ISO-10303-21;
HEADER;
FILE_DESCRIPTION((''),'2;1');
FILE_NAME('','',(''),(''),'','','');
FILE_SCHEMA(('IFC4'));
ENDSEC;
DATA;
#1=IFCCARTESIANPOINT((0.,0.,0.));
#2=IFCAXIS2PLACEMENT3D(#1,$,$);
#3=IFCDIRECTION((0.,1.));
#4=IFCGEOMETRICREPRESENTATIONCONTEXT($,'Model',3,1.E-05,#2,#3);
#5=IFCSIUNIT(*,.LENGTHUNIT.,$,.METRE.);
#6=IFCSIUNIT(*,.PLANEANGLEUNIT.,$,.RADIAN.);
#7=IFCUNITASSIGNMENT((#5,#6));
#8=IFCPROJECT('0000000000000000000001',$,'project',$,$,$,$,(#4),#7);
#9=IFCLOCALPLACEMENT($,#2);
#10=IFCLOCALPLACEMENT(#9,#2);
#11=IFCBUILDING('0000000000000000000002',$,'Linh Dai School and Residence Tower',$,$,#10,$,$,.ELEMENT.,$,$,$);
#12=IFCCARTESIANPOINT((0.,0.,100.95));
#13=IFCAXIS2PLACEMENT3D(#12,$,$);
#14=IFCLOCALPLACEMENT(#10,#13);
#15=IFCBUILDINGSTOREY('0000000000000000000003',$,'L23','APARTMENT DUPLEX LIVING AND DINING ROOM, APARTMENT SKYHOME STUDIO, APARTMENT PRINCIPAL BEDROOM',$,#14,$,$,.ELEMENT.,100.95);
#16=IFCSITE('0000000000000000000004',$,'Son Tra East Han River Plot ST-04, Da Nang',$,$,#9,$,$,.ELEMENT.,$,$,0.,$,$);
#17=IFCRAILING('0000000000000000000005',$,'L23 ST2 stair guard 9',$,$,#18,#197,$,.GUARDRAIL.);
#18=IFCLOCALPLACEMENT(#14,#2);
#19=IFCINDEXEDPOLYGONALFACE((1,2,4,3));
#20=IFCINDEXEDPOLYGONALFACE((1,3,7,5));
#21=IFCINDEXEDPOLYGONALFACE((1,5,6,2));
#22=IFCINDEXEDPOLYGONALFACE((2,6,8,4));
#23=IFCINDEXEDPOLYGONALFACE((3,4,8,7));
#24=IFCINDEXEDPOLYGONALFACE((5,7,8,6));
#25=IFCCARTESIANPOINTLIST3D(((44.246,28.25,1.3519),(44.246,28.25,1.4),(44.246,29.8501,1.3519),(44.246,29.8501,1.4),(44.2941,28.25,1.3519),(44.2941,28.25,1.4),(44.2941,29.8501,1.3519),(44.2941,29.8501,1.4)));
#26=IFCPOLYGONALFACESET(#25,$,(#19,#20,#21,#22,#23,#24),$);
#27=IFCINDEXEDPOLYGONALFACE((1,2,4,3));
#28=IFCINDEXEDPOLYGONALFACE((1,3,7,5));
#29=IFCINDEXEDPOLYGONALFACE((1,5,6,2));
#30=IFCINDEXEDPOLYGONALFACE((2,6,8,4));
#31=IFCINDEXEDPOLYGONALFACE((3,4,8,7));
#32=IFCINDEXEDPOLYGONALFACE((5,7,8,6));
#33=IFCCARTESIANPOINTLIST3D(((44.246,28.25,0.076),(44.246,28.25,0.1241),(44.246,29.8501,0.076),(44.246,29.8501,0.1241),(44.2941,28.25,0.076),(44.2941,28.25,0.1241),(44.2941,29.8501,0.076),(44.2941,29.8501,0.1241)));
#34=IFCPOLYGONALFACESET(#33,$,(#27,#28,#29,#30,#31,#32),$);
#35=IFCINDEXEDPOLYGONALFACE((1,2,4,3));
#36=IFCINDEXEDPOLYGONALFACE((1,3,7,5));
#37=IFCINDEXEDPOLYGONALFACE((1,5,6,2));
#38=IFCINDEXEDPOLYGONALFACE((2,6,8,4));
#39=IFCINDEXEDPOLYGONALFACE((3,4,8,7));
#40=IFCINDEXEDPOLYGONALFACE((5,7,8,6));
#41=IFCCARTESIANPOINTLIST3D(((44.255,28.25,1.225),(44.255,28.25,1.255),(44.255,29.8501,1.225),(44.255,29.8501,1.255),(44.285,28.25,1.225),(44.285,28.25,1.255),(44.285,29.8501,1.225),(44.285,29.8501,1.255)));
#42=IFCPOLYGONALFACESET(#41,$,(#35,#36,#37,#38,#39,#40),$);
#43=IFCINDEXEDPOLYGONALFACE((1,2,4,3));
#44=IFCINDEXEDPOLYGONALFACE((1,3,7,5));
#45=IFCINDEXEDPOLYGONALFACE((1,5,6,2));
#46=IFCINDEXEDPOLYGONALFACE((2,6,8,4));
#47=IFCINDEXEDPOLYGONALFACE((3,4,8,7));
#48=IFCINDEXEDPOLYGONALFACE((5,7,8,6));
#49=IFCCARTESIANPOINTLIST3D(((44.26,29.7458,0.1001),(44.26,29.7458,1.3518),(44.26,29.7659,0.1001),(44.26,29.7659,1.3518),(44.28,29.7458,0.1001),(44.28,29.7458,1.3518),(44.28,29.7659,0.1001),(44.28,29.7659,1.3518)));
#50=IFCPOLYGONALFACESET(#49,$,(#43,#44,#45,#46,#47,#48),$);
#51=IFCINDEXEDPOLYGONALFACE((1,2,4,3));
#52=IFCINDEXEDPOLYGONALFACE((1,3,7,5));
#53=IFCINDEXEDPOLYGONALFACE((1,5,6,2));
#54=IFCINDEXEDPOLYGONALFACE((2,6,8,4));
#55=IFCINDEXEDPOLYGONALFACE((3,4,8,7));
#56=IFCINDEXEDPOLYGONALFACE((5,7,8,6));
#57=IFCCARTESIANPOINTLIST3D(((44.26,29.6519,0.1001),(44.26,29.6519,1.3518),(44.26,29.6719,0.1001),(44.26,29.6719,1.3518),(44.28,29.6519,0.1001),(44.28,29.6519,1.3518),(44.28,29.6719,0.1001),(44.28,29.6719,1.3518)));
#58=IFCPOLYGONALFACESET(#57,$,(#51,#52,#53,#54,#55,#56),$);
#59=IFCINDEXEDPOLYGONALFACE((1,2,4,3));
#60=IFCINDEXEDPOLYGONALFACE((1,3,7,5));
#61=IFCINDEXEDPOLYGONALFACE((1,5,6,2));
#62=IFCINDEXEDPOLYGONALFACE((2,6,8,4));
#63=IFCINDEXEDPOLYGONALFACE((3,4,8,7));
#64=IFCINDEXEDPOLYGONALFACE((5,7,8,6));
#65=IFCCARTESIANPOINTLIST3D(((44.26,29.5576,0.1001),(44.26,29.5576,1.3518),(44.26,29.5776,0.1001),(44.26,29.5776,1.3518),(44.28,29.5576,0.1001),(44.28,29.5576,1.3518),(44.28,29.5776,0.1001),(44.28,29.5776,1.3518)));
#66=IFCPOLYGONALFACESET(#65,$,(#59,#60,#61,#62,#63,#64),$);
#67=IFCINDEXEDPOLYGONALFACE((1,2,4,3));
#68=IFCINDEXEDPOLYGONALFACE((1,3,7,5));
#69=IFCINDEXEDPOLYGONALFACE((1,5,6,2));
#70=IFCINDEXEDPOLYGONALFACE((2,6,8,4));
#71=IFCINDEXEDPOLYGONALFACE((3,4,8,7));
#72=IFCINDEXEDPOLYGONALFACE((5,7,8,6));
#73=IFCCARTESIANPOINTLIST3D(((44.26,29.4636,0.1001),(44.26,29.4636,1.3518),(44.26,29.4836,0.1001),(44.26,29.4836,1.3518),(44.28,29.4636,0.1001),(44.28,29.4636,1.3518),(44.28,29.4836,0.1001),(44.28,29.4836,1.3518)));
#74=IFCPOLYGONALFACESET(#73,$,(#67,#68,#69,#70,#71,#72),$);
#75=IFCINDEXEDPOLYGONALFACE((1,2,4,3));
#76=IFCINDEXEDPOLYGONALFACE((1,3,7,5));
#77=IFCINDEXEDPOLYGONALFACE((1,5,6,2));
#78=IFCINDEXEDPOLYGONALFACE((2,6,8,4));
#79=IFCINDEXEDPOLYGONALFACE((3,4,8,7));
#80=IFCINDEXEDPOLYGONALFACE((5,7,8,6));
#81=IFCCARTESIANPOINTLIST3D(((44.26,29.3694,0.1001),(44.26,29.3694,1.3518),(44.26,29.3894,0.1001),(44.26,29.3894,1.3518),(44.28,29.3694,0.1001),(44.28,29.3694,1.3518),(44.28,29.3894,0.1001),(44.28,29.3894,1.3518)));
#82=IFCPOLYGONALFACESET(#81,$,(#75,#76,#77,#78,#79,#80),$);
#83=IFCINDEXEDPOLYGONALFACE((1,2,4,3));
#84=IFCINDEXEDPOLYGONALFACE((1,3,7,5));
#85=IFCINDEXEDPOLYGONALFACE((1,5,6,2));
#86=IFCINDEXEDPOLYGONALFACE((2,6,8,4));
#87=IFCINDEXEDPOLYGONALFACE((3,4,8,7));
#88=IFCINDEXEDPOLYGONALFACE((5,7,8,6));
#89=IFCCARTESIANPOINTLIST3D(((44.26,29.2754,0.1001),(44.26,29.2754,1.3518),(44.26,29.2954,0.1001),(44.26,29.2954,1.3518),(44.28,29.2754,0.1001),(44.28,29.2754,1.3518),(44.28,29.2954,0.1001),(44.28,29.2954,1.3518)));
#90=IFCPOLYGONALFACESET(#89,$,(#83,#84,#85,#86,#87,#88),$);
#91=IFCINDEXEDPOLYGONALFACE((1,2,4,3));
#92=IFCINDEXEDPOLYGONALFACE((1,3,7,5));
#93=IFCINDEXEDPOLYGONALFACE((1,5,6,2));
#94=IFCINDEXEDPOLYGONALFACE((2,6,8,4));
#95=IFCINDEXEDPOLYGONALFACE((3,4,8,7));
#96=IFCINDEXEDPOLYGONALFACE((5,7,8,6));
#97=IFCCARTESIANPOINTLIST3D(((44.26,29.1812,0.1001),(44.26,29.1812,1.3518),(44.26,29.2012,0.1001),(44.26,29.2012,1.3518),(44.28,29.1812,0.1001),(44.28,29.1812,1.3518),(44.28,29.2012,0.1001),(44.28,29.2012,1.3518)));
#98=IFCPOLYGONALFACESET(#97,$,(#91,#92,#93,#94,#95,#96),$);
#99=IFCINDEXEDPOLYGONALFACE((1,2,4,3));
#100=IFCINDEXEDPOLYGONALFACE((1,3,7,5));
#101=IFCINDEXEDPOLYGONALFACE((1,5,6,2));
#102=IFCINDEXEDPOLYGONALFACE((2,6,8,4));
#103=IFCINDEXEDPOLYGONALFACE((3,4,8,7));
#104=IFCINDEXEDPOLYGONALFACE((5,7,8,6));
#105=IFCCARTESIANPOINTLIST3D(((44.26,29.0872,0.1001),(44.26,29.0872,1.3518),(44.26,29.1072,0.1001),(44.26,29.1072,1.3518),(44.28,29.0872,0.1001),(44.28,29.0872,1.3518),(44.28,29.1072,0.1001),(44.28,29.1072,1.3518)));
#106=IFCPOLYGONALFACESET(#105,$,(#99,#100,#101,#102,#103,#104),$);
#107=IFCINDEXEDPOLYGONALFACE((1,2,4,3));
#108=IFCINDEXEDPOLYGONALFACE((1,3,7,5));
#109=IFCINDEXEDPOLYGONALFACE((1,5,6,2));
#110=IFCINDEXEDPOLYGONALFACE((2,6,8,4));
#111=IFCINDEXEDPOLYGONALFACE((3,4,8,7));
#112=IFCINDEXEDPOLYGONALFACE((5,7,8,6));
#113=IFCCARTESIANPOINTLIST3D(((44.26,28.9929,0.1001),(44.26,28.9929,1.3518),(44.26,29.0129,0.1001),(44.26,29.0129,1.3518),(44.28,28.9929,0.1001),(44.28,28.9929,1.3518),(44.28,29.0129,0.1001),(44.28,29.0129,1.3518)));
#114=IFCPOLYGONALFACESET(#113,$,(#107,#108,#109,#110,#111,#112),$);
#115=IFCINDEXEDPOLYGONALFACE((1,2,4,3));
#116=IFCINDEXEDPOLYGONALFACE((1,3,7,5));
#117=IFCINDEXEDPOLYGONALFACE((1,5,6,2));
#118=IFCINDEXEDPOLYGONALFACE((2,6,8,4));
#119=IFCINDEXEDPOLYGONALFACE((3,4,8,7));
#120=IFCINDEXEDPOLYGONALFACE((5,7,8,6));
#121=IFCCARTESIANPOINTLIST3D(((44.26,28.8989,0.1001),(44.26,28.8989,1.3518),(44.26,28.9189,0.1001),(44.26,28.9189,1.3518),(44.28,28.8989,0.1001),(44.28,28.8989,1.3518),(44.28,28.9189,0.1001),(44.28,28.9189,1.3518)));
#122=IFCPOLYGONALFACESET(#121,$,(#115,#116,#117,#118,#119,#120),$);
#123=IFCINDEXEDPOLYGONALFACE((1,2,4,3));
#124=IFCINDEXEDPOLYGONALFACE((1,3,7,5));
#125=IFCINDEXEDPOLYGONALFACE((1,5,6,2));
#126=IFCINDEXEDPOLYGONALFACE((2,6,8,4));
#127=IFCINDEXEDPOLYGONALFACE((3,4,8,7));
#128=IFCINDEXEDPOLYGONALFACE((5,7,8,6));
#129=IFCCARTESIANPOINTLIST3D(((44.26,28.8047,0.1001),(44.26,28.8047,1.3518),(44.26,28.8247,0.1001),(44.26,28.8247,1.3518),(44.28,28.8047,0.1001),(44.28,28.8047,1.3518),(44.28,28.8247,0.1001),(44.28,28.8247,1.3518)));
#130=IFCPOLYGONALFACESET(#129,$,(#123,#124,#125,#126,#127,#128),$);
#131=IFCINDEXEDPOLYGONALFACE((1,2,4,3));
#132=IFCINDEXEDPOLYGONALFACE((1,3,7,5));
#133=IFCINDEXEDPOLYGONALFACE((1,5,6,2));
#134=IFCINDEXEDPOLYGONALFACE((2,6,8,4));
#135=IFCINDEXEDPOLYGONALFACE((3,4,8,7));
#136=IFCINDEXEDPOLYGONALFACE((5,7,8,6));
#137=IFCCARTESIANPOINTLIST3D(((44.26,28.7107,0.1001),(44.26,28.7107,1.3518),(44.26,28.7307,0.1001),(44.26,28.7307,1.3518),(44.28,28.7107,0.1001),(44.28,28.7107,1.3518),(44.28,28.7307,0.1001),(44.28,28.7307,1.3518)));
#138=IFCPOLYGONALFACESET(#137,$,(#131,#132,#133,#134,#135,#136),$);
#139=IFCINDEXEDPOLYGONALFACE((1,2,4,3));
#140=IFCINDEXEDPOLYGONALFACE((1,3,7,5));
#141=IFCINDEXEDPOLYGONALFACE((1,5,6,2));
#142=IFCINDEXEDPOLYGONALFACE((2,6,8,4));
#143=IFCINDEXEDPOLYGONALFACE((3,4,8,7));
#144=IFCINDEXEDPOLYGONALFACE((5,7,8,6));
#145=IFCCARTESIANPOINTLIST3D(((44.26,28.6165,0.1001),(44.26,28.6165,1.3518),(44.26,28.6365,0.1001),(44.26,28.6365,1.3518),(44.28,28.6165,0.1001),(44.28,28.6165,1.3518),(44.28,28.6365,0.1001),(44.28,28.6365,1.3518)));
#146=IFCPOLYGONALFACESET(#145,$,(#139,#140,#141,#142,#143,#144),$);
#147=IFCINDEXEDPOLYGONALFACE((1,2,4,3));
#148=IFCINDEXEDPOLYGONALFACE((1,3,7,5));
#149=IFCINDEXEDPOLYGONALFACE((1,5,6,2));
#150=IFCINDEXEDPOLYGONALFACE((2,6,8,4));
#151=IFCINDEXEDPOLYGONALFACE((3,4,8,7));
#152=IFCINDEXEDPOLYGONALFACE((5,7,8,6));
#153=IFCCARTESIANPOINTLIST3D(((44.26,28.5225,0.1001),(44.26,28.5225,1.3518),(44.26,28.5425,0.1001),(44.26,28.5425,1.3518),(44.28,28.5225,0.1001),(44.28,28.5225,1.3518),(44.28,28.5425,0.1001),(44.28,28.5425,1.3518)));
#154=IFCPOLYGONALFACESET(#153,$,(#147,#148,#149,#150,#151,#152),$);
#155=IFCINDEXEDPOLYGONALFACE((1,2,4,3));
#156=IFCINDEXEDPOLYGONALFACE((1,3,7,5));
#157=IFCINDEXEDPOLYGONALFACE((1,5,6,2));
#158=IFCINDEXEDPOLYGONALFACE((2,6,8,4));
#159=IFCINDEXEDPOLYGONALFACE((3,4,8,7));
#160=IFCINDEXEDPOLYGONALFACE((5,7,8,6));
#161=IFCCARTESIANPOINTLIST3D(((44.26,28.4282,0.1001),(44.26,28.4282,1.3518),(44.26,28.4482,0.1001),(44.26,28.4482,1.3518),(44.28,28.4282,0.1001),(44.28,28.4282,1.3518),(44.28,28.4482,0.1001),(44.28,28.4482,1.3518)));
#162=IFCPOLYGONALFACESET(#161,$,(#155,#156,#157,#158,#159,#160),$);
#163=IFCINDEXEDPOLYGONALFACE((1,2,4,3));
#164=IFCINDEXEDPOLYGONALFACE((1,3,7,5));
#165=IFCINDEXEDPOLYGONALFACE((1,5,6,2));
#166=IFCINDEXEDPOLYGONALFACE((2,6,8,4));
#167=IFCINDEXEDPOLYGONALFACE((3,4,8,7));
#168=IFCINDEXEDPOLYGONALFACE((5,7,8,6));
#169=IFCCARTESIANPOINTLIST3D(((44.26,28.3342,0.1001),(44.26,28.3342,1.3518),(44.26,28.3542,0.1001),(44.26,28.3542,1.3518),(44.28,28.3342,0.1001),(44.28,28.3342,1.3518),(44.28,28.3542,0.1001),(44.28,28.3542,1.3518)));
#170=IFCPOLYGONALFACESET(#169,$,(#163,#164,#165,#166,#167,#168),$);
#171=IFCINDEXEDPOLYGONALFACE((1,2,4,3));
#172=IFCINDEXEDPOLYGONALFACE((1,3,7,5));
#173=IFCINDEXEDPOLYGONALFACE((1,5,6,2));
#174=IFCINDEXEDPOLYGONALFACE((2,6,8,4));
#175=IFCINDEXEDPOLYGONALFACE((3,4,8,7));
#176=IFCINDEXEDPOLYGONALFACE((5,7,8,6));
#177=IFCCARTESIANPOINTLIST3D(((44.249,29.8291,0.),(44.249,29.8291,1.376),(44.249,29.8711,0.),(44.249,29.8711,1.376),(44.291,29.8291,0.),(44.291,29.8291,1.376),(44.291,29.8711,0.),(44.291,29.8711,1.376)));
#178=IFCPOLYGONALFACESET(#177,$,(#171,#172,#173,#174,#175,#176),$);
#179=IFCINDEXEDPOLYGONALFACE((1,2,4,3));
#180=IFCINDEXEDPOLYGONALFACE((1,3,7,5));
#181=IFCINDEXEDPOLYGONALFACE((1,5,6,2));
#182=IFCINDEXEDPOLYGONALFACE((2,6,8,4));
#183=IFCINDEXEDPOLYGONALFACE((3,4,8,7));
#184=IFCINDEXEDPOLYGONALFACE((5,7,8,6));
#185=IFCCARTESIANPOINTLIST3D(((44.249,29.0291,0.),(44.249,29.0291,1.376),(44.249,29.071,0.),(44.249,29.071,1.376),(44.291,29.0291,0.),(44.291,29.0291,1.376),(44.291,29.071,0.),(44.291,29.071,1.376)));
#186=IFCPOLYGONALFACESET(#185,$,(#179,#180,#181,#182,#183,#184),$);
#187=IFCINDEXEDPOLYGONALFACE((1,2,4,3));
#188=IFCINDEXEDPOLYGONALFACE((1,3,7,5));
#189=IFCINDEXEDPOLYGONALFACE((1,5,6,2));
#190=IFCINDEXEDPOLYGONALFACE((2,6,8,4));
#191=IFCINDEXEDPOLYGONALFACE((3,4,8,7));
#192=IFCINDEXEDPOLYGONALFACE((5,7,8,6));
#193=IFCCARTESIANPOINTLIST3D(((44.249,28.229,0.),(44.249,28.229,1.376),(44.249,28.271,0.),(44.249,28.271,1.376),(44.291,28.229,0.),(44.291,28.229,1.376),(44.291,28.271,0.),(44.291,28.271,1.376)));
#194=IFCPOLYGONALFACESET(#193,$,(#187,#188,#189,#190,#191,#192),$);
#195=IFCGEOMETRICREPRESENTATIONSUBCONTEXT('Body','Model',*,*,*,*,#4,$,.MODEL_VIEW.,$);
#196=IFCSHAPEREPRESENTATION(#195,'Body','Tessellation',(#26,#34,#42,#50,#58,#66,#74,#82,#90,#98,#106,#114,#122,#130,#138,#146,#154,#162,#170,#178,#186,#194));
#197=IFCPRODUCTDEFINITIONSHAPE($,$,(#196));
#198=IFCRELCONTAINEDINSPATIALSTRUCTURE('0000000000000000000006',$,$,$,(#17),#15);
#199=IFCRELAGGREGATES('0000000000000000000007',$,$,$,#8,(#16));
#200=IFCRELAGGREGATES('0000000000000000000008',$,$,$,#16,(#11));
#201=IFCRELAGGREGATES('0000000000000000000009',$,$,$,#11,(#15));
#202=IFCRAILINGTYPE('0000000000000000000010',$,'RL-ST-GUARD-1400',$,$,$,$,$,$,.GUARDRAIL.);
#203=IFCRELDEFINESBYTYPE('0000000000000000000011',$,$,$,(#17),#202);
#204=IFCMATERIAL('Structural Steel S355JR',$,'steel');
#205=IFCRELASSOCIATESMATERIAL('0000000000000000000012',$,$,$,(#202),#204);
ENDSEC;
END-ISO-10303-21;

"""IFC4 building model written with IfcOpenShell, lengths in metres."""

from ifc_helpers import new_model, si_unit, direction, frame, origin, origin_2d, place, context, subcontext, project, spatial, rectangle, extrude, source, transform, mapped, material, type_object, element, save


model = new_model("IFC4")

# Units and contexts
model_context = context("Model", 3, precision=1e-05, world=origin(), true_north=direction((0.0, 1.0)))
body_context = subcontext(model_context, "Body", "Model", "MODEL_VIEW")
ifc_project = project(units=[si_unit("LENGTHUNIT", "METRE"), si_unit("PLANEANGLEUNIT", "RADIAN")], contexts=[model_context])

# Site, building, storey
site_placement = place(None, origin())
site = spatial("IfcSite", under=ifc_project, at=site_placement, Name="Son Tra East Han River Plot ST-04, Da Nang", CompositionType="ELEMENT", RefElevation=0.0)
building_placement = place(site_placement, origin())
building = spatial("IfcBuilding", under=site, at=building_placement, Name="Linh Dai School and Residence Tower", CompositionType="ELEMENT")
storey_placement = place(building_placement, frame((0.0, 0.0, 100.95)))
storey = spatial("IfcBuildingStorey", under=building, at=storey_placement, Name="L23", Description="APARTMENT DUPLEX LIVING AND DINING ROOM, APARTMENT SKYHOME STUDIO, APARTMENT PRINCIPAL BEDROOM", CompositionType="ELEMENT", Elevation=100.95)

# Shared definitions
ifc_material_1 = material(Name="Structural Steel S355JR", Category="steel")

# Railing
railing_type_1 = type_object("IfcRailingType", Name="RL-ST-GUARD-1400", PredefinedType="GUARDRAIL", material=ifc_material_1)
shared_shape_1 = source(origin(), body_context, "Body", "SweptSolid", [
    extrude(rectangle(XDim=0.0481, YDim=0.0481, at=origin_2d()), frame((0.0, 0.0, 1.376), z_axis=(0.0, -1.0, 0.0), x_axis=(1.0, 0.0, 0.0)), (0.0, 0.0, 1.0), 1.6001),
    extrude(rectangle(XDim=0.0481, YDim=0.0481, at=origin_2d()), frame((0.0, 0.0, 0.1001), z_axis=(0.0, -1.0, 0.0), x_axis=(1.0, 0.0, 0.0)), (0.0, 0.0, 1.0), 1.6001),
    extrude(rectangle(XDim=0.03, YDim=0.03, at=origin_2d()), frame((0.0, 0.0, 1.24), z_axis=(0.0, -1.0, 0.0), x_axis=(1.0, 0.0, 0.0)), (0.0, 0.0, 1.0), 1.6001),
    extrude(rectangle(XDim=0.02, YDim=0.02, at=origin_2d()), frame((0.0, -0.0942, 0.1001)), (0.0, 0.0, 1.0), 1.2517),
    extrude(rectangle(XDim=0.02, YDim=0.02, at=origin_2d()), frame((0.0, -0.1882, 0.1001)), (0.0, 0.0, 1.0), 1.2517),
    extrude(rectangle(XDim=0.02, YDim=0.02, at=origin_2d()), frame((0.0, -0.2825, 0.1001)), (0.0, 0.0, 1.0), 1.2517),
    extrude(rectangle(XDim=0.02, YDim=0.02, at=origin_2d()), frame((0.0, -0.3765, 0.1001)), (0.0, 0.0, 1.0), 1.2517),
    extrude(rectangle(XDim=0.02, YDim=0.02, at=origin_2d()), frame((0.0, -0.4707, 0.1001)), (0.0, 0.0, 1.0), 1.2517),
    extrude(rectangle(XDim=0.02, YDim=0.02, at=origin_2d()), frame((0.0, -0.5647, 0.1001)), (0.0, 0.0, 1.0), 1.2517),
    extrude(rectangle(XDim=0.02, YDim=0.02, at=origin_2d()), frame((0.0, -0.6589, 0.1001)), (0.0, 0.0, 1.0), 1.2517),
    extrude(rectangle(XDim=0.02, YDim=0.02, at=origin_2d()), frame((0.0, -0.7529, 0.1001)), (0.0, 0.0, 1.0), 1.2517),
    extrude(rectangle(XDim=0.02, YDim=0.02, at=origin_2d()), frame((0.0, -0.8472, 0.1001)), (0.0, 0.0, 1.0), 1.2517),
    extrude(rectangle(XDim=0.02, YDim=0.02, at=origin_2d()), frame((0.0, -0.9412, 0.1001)), (0.0, 0.0, 1.0), 1.2517),
    extrude(rectangle(XDim=0.02, YDim=0.02, at=origin_2d()), frame((0.0, -1.0354, 0.1001)), (0.0, 0.0, 1.0), 1.2517),
    extrude(rectangle(XDim=0.02, YDim=0.02, at=origin_2d()), frame((0.0, -1.1294, 0.1001)), (0.0, 0.0, 1.0), 1.2517),
    extrude(rectangle(XDim=0.02, YDim=0.02, at=origin_2d()), frame((0.0, -1.2236, 0.1001)), (0.0, 0.0, 1.0), 1.2517),
    extrude(rectangle(XDim=0.02, YDim=0.02, at=origin_2d()), frame((0.0, -1.3176, 0.1001)), (0.0, 0.0, 1.0), 1.2517),
    extrude(rectangle(XDim=0.02, YDim=0.02, at=origin_2d()), frame((0.0, -1.4119, 0.1001)), (0.0, 0.0, 1.0), 1.2517),
    extrude(rectangle(XDim=0.02, YDim=0.02, at=origin_2d()), frame((0.0, -1.5059, 0.1001)), (0.0, 0.0, 1.0), 1.2517),
    extrude(rectangle(XDim=0.042, YDim=0.042, at=origin_2d()), origin(), (0.0, 0.0, 1.0), 1.376),
    extrude(rectangle(XDim=0.042, YDim=0.042, at=origin_2d()), frame((0.0, -0.8, 0.0)), (0.0, 0.0, 1.0), 1.376),
    extrude(rectangle(XDim=0.042, YDim=0.042, at=origin_2d()), frame((0.0, -1.6001, 0.0)), (0.0, 0.0, 1.0), 1.376),
])
for number, where, name in (
    (1, (44.27, 29.8501, 0.0), "L23 ST2 stair guard 9"),
):
    element("IfcRailing", number, at=place(storey_placement, frame(where)), inside=storey, type_object=railing_type_1, Name=name, PredefinedType="GUARDRAIL", context=body_context, shape_type="MappedRepresentation", body=[
        mapped(shared_shape_1, transform((0.0, 0.0, 0.0), x_axis=(1.0, 0.0, 0.0), y_axis=(0.0, 1.0, 0.0), z_axis=(0.0, 0.0, 1.0), scale=1.0)),
    ])

save(model, "model.ifc")
